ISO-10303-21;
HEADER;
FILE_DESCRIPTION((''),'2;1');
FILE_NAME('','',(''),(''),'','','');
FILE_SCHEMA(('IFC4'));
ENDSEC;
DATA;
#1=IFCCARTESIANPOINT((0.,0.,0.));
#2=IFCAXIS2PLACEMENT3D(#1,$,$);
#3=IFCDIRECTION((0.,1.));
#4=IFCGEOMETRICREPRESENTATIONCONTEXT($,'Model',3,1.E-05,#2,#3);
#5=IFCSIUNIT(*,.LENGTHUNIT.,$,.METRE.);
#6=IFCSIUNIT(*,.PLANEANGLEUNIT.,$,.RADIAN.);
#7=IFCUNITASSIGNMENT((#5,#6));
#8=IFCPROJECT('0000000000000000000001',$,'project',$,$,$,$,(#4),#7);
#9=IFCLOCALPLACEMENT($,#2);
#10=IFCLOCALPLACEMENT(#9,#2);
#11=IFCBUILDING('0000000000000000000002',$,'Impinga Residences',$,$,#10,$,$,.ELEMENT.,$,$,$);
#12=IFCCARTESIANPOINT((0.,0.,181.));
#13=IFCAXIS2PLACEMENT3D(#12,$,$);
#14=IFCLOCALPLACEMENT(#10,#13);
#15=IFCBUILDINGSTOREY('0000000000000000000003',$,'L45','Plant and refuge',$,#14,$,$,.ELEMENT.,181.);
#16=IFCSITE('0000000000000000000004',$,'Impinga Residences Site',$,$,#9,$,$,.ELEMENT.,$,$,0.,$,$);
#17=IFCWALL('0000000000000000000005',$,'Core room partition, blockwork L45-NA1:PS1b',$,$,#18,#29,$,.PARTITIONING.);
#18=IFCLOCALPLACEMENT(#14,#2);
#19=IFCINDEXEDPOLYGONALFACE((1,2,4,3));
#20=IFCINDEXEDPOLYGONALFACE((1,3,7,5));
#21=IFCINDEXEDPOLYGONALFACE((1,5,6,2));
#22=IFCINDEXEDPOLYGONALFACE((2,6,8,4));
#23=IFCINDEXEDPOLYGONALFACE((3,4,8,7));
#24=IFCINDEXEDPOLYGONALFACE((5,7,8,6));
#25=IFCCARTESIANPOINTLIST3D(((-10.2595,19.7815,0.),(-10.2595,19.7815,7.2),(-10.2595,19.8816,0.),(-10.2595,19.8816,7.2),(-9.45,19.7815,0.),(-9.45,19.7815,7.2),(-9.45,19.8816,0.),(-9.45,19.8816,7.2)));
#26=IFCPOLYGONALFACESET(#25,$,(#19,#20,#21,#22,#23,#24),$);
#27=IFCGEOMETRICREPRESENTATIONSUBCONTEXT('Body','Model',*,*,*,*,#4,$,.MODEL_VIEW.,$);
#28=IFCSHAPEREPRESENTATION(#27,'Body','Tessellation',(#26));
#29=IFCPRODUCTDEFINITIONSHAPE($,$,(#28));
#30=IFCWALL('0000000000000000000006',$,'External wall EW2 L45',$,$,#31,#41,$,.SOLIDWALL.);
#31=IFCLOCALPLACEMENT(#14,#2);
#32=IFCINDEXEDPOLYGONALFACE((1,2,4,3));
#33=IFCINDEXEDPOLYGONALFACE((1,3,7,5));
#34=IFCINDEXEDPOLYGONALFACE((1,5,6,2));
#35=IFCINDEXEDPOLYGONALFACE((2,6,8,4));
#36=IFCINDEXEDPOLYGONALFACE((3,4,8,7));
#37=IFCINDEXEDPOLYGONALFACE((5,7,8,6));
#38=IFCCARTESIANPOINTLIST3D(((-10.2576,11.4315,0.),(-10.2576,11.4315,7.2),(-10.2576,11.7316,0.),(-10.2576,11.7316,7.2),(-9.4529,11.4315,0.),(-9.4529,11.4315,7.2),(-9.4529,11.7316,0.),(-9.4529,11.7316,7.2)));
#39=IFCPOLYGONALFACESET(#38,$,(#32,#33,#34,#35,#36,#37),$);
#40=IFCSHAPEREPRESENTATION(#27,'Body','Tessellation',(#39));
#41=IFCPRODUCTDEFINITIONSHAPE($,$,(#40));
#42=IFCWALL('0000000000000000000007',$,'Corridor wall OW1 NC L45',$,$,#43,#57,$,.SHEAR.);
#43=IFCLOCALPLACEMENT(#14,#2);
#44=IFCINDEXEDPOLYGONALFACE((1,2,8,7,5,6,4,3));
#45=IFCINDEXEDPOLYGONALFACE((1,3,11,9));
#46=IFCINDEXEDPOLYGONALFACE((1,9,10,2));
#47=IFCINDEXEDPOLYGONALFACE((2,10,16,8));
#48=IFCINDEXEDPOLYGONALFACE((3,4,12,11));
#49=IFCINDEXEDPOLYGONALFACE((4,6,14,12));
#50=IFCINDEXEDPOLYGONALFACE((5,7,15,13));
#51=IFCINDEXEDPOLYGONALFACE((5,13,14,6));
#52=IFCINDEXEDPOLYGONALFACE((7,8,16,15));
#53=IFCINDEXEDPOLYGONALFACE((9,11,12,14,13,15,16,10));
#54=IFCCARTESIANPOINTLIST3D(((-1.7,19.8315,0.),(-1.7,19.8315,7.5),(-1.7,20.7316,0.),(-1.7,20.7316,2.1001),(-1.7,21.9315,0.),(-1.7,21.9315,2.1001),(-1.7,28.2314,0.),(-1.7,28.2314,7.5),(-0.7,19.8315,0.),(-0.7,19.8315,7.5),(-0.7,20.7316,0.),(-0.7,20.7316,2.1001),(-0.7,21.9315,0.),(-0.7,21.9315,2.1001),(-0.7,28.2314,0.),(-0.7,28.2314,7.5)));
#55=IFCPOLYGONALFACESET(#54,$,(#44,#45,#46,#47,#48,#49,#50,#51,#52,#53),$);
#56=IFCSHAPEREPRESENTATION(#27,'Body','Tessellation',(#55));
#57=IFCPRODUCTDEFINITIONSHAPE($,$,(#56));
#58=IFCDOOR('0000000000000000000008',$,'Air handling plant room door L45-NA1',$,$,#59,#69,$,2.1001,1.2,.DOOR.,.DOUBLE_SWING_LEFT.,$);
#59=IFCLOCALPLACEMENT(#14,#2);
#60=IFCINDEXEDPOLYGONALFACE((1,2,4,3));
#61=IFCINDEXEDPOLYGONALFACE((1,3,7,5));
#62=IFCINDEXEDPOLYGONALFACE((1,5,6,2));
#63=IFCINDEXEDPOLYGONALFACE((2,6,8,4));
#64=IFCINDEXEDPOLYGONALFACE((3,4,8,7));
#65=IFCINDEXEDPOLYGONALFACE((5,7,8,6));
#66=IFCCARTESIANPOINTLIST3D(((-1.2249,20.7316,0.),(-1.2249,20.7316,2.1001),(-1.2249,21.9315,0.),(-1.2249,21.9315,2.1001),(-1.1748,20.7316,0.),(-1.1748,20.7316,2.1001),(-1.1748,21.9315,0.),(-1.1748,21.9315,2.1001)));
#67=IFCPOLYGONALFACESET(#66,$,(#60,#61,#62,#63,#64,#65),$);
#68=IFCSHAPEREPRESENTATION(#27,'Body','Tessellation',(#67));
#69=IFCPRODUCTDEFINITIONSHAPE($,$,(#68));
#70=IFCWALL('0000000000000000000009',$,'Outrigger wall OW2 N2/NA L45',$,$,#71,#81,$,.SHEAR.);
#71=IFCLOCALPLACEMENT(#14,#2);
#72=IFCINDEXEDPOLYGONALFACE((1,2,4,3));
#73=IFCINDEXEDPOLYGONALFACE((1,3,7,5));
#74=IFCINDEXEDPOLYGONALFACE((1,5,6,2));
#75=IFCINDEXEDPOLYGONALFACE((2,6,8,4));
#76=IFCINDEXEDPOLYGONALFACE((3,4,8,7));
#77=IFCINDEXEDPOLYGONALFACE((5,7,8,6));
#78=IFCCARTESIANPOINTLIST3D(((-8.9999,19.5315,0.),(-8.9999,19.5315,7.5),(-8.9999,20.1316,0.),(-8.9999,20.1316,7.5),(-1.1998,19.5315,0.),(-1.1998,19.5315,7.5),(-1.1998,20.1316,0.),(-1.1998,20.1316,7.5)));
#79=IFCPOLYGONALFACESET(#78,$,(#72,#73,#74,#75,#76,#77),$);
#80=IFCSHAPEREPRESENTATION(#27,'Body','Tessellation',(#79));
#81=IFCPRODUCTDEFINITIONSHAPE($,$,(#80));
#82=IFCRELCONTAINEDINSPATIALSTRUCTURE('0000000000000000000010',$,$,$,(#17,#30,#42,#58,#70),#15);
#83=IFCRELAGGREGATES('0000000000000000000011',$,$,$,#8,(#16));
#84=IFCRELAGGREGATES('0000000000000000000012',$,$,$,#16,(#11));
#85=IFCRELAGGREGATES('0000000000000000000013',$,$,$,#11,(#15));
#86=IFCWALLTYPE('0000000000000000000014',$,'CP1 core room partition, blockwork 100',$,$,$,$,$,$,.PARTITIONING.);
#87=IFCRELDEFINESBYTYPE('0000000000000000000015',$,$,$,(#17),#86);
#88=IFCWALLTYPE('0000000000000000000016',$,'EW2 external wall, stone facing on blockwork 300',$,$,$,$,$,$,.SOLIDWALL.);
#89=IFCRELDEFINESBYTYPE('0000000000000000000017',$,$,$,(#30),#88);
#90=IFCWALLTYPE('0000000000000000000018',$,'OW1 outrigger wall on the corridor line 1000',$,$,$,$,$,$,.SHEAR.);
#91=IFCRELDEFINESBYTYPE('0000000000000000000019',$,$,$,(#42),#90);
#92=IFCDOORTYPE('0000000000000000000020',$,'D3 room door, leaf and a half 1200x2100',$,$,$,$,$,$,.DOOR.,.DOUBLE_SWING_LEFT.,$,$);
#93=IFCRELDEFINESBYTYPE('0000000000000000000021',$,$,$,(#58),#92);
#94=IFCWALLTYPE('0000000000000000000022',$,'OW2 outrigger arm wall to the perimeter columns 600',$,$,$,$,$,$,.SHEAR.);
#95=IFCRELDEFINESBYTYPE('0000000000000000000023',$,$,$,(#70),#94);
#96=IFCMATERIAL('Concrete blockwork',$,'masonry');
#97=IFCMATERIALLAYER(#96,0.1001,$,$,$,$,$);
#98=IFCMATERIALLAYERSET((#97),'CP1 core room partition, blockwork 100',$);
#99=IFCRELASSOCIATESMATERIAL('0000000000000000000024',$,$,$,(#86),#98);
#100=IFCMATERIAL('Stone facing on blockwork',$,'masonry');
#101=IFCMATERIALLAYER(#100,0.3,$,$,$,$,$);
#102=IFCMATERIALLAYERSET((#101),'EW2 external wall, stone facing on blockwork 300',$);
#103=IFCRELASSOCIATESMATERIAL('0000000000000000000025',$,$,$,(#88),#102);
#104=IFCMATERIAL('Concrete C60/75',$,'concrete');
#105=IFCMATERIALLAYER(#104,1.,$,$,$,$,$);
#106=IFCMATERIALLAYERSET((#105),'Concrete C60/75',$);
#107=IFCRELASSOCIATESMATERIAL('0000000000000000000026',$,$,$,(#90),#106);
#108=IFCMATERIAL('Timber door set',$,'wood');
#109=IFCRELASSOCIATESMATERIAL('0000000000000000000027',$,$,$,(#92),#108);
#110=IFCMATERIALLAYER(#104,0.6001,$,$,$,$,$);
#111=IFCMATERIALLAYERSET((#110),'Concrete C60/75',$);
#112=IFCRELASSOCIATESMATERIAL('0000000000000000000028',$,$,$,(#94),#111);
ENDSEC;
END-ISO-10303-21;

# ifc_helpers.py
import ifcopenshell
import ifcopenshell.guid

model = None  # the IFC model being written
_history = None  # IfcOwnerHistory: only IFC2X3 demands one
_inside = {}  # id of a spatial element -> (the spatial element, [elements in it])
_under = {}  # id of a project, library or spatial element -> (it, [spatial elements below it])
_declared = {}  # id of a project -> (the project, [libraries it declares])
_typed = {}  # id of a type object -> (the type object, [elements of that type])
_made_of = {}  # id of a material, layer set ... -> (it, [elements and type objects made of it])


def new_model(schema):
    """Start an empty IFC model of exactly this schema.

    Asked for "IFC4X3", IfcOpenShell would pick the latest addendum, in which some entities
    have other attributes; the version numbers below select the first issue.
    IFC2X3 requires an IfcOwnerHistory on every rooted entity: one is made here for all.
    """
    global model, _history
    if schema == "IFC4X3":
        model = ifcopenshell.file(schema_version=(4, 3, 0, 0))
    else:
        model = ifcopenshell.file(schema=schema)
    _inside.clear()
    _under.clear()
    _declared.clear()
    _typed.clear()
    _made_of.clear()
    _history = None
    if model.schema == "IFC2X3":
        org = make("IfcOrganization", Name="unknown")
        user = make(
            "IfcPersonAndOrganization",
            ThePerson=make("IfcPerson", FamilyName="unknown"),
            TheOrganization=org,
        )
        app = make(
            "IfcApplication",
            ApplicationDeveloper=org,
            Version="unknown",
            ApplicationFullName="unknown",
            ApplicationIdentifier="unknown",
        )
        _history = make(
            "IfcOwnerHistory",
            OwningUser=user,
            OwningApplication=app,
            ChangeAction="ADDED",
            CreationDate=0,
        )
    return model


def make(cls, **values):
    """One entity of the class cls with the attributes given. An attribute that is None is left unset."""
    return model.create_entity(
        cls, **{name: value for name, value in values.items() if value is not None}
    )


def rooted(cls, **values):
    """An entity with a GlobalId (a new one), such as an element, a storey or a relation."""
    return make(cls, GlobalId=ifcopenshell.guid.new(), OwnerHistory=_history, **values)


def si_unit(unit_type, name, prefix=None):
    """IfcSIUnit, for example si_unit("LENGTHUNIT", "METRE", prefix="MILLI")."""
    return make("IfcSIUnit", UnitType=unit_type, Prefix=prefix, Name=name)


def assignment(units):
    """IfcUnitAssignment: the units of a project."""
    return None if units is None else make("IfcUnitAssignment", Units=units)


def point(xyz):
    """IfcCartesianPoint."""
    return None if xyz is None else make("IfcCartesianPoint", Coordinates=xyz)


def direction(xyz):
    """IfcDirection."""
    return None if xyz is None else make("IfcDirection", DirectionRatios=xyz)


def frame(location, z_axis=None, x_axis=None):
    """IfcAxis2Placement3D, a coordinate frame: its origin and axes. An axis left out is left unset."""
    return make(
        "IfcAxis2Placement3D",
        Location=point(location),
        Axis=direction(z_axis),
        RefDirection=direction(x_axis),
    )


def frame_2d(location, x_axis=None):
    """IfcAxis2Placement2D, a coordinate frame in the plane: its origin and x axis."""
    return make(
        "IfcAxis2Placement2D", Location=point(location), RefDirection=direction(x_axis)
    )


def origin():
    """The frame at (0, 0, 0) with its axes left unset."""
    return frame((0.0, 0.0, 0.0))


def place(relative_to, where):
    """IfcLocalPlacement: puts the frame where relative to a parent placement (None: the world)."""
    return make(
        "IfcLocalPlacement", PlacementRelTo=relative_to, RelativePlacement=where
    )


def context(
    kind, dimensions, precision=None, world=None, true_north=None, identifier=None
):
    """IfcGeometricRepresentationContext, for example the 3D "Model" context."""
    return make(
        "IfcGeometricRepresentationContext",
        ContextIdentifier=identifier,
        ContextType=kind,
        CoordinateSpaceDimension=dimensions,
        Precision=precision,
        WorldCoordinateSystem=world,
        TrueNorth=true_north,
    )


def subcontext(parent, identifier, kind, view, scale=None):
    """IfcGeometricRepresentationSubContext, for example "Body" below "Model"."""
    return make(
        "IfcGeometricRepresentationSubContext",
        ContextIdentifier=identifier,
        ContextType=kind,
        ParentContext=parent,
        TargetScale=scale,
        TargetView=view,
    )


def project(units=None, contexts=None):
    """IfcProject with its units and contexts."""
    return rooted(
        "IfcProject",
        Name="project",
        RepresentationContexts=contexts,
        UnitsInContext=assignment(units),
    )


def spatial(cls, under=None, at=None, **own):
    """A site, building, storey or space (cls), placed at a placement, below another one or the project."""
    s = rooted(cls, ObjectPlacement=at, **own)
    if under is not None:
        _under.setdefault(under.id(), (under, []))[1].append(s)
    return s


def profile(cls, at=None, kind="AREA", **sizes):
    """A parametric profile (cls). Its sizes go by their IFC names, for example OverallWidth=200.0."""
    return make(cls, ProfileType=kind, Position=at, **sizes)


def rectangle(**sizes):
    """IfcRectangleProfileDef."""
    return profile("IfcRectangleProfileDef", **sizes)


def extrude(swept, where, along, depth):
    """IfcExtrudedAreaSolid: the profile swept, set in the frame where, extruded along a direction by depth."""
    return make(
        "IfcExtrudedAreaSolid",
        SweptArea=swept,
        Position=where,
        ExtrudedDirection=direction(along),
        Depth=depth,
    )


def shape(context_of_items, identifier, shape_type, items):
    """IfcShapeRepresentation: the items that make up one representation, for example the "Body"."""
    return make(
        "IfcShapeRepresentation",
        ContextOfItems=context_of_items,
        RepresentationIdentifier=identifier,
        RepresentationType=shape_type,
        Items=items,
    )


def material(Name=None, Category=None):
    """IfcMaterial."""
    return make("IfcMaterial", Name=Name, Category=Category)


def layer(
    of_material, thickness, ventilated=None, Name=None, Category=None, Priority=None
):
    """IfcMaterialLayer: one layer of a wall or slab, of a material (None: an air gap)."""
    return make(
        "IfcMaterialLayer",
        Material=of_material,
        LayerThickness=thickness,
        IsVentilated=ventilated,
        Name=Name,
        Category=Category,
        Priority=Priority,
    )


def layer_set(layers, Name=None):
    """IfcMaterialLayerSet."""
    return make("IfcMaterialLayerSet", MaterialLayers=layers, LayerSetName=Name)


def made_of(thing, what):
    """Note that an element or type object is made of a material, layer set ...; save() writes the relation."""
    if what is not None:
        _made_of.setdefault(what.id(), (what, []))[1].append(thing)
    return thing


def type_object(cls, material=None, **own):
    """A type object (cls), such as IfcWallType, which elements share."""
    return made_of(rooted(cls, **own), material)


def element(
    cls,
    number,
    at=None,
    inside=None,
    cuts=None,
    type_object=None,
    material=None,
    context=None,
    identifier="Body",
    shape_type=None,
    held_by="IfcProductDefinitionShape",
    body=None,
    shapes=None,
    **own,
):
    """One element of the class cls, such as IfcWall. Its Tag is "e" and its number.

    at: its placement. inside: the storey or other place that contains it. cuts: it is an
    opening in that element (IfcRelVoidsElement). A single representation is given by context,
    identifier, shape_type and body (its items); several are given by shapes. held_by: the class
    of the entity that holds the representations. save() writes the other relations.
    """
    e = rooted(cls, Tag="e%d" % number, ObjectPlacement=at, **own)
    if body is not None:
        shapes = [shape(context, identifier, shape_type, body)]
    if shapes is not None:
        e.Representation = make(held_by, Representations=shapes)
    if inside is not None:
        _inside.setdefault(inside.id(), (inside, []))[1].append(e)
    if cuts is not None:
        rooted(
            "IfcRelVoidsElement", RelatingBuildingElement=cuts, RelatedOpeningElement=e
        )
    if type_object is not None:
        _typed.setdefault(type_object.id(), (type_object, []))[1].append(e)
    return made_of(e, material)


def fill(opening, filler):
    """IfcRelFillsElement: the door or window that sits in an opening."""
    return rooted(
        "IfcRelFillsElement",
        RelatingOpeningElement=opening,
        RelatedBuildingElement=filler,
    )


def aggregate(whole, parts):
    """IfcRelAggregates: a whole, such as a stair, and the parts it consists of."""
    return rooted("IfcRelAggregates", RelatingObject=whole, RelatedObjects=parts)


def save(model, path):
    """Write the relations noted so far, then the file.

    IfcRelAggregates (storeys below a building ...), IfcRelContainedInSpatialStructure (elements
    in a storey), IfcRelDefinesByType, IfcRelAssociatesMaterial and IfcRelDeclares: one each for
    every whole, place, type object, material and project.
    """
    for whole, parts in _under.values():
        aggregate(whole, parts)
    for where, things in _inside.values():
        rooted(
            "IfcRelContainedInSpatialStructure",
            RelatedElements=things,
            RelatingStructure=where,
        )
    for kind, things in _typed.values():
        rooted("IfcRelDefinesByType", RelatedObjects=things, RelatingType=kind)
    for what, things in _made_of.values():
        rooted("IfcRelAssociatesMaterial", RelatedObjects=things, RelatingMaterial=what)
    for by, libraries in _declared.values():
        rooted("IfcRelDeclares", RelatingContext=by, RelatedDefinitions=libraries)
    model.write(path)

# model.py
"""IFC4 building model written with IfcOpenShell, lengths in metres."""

from ifc_helpers import new_model, si_unit, direction, frame, frame_2d, origin, place, context, subcontext, project, spatial, rectangle, extrude, material, layer, layer_set, type_object, element, fill, save


model = new_model("IFC4")

# Units and contexts
model_context = context("Model", 3, precision=1e-05, world=origin(), true_north=direction((0.0, 1.0)))
body_context = subcontext(model_context, "Body", "Model", "MODEL_VIEW")
ifc_project = project(units=[si_unit("LENGTHUNIT", "METRE"), si_unit("PLANEANGLEUNIT", "RADIAN")], contexts=[model_context])

# Site, building, storey
site_placement = place(None, origin())
site = spatial("IfcSite", under=ifc_project, at=site_placement, Name="Impinga Residences Site", CompositionType="ELEMENT", RefElevation=0.0)
building_placement = place(site_placement, origin())
building = spatial("IfcBuilding", under=site, at=building_placement, Name="Impinga Residences", CompositionType="ELEMENT")
storey_placement = place(building_placement, frame((0.0, 0.0, 181.0)))
storey = spatial("IfcBuildingStorey", under=building, at=storey_placement, Name="L45", Description="Plant and refuge", CompositionType="ELEMENT", Elevation=181.0)

# Shared definitions
ifc_material_1 = material(Name="Concrete C60/75", Category="concrete")

# Walls
ifc_material_2 = material(Name="Concrete blockwork", Category="masonry")
ifc_layer_1 = layer(ifc_material_2, 0.1001)
ifc_layer_set_1 = layer_set([ifc_layer_1], Name="CP1 core room partition, blockwork 100")
wall_type_1 = type_object("IfcWallType", Name="CP1 core room partition, blockwork 100", PredefinedType="PARTITIONING", material=ifc_layer_set_1)
wall_1_placement = place(storey_placement, frame((-9.45, 19.8315, 0.0), z_axis=(0.0, 0.0, 1.0), x_axis=(-1.0, 0.0, 0.0)))
element("IfcWall", 1, at=wall_1_placement, inside=storey, type_object=wall_type_1, Name="Core room partition, blockwork L45-NA1:PS1b", PredefinedType="PARTITIONING", context=body_context, shape_type="SweptSolid", body=[
    extrude(rectangle(XDim=0.8096, YDim=0.1001, at=frame_2d((0.4048, 0.0))), origin(), (0.0, 0.0, 1.0), 7.2),
])
ifc_material_3 = material(Name="Stone facing on blockwork", Category="masonry")
ifc_layer_2 = layer(ifc_material_3, 0.3)
ifc_layer_set_2 = layer_set([ifc_layer_2], Name="EW2 external wall, stone facing on blockwork 300")
wall_type_2 = type_object("IfcWallType", Name="EW2 external wall, stone facing on blockwork 300", PredefinedType="SOLIDWALL", material=ifc_layer_set_2)
wall_2_placement = place(storey_placement, frame((-9.4529, 11.5815, 0.0), z_axis=(0.0, 0.0, 1.0), x_axis=(-1.0, 0.0, 0.0)))
element("IfcWall", 2, at=wall_2_placement, inside=storey, type_object=wall_type_2, Name="External wall EW2 L45", PredefinedType="SOLIDWALL", context=body_context, shape_type="SweptSolid", body=[
    extrude(rectangle(XDim=0.8047, YDim=0.3, at=frame_2d((0.4023, 0.0))), origin(), (0.0, 0.0, 1.0), 7.2),
])

# Wall, opening, door
ifc_layer_3 = layer(ifc_material_1, 1.0)
ifc_layer_set_3 = layer_set([ifc_layer_3], Name="Concrete C60/75")
wall_type_3 = type_object("IfcWallType", Name="OW1 outrigger wall on the corridor line 1000", PredefinedType="SHEAR", material=ifc_layer_set_3)
wall_3_placement = place(storey_placement, frame((-1.2, 19.8315, 0.0), z_axis=(0.0, 0.0, 1.0), x_axis=(0.0, 1.0, 0.0)))
wall_3 = element("IfcWall", 3, at=wall_3_placement, inside=storey, type_object=wall_type_3, Name="Corridor wall OW1 NC L45", PredefinedType="SHEAR", context=body_context, shape_type="SweptSolid", body=[
    extrude(rectangle(XDim=8.3999, YDim=1.0, at=frame_2d((4.2, 0.0))), origin(), (0.0, 0.0, 1.0), 7.5),
])
opening_placement = place(wall_3_placement, frame((0.8999, 0.0, 0.0)))
opening = element("IfcOpeningElement", 4, at=opening_placement, cuts=wall_3, PredefinedType="OPENING", context=body_context, shape_type="SweptSolid", body=[
    extrude(rectangle(XDim=1.2, YDim=2.1001, at=frame_2d((0.6001, 1.05))), frame((0.0, 0.51, 0.0), z_axis=(0.0, -1.0, 0.0), x_axis=(1.0, 0.0, 0.0)), (0.0, 0.0, 1.0), 1.02),
])
ifc_material_4 = material(Name="Timber door set", Category="wood")
door_type = type_object("IfcDoorType", Name="D3 room door, leaf and a half 1200x2100", OperationType="DOUBLE_SWING_LEFT", PredefinedType="DOOR", material=ifc_material_4)
door_placement = place(opening_placement, origin())
door = element("IfcDoor", 5, at=door_placement, inside=storey, type_object=door_type, Name="Air handling plant room door L45-NA1", OperationType="DOUBLE_SWING_LEFT", OverallHeight=2.1001, OverallWidth=1.2, PredefinedType="DOOR", context=body_context, shape_type="SweptSolid", body=[
    extrude(rectangle(XDim=1.2, YDim=2.1001, at=frame_2d((0.6001, 1.05))), frame((0.0, 0.0249, 0.0), z_axis=(0.0, -1.0, 0.0), x_axis=(1.0, 0.0, 0.0)), (0.0, 0.0, 1.0), 0.05),
])
fill(opening, door)

# Wall
ifc_layer_4 = layer(ifc_material_1, 0.6001)
ifc_layer_set_4 = layer_set([ifc_layer_4], Name="Concrete C60/75")
wall_type_4 = type_object("IfcWallType", Name="OW2 outrigger arm wall to the perimeter columns 600", PredefinedType="SHEAR", material=ifc_layer_set_4)
wall_4_placement = place(storey_placement, frame((-1.2, 19.8315, 0.0), z_axis=(0.0, 0.0, 1.0), x_axis=(-1.0, 0.0, 0.0)))
element("IfcWall", 6, at=wall_4_placement, inside=storey, type_object=wall_type_4, Name="Outrigger wall OW2 N2/NA L45", PredefinedType="SHEAR", context=body_context, shape_type="SweptSolid", body=[
    extrude(rectangle(XDim=7.8, YDim=0.6001, at=frame_2d((3.8999, 0.0))), origin(), (0.0, 0.0, 1.0), 7.5),
])

save(model, "model.ifc")
